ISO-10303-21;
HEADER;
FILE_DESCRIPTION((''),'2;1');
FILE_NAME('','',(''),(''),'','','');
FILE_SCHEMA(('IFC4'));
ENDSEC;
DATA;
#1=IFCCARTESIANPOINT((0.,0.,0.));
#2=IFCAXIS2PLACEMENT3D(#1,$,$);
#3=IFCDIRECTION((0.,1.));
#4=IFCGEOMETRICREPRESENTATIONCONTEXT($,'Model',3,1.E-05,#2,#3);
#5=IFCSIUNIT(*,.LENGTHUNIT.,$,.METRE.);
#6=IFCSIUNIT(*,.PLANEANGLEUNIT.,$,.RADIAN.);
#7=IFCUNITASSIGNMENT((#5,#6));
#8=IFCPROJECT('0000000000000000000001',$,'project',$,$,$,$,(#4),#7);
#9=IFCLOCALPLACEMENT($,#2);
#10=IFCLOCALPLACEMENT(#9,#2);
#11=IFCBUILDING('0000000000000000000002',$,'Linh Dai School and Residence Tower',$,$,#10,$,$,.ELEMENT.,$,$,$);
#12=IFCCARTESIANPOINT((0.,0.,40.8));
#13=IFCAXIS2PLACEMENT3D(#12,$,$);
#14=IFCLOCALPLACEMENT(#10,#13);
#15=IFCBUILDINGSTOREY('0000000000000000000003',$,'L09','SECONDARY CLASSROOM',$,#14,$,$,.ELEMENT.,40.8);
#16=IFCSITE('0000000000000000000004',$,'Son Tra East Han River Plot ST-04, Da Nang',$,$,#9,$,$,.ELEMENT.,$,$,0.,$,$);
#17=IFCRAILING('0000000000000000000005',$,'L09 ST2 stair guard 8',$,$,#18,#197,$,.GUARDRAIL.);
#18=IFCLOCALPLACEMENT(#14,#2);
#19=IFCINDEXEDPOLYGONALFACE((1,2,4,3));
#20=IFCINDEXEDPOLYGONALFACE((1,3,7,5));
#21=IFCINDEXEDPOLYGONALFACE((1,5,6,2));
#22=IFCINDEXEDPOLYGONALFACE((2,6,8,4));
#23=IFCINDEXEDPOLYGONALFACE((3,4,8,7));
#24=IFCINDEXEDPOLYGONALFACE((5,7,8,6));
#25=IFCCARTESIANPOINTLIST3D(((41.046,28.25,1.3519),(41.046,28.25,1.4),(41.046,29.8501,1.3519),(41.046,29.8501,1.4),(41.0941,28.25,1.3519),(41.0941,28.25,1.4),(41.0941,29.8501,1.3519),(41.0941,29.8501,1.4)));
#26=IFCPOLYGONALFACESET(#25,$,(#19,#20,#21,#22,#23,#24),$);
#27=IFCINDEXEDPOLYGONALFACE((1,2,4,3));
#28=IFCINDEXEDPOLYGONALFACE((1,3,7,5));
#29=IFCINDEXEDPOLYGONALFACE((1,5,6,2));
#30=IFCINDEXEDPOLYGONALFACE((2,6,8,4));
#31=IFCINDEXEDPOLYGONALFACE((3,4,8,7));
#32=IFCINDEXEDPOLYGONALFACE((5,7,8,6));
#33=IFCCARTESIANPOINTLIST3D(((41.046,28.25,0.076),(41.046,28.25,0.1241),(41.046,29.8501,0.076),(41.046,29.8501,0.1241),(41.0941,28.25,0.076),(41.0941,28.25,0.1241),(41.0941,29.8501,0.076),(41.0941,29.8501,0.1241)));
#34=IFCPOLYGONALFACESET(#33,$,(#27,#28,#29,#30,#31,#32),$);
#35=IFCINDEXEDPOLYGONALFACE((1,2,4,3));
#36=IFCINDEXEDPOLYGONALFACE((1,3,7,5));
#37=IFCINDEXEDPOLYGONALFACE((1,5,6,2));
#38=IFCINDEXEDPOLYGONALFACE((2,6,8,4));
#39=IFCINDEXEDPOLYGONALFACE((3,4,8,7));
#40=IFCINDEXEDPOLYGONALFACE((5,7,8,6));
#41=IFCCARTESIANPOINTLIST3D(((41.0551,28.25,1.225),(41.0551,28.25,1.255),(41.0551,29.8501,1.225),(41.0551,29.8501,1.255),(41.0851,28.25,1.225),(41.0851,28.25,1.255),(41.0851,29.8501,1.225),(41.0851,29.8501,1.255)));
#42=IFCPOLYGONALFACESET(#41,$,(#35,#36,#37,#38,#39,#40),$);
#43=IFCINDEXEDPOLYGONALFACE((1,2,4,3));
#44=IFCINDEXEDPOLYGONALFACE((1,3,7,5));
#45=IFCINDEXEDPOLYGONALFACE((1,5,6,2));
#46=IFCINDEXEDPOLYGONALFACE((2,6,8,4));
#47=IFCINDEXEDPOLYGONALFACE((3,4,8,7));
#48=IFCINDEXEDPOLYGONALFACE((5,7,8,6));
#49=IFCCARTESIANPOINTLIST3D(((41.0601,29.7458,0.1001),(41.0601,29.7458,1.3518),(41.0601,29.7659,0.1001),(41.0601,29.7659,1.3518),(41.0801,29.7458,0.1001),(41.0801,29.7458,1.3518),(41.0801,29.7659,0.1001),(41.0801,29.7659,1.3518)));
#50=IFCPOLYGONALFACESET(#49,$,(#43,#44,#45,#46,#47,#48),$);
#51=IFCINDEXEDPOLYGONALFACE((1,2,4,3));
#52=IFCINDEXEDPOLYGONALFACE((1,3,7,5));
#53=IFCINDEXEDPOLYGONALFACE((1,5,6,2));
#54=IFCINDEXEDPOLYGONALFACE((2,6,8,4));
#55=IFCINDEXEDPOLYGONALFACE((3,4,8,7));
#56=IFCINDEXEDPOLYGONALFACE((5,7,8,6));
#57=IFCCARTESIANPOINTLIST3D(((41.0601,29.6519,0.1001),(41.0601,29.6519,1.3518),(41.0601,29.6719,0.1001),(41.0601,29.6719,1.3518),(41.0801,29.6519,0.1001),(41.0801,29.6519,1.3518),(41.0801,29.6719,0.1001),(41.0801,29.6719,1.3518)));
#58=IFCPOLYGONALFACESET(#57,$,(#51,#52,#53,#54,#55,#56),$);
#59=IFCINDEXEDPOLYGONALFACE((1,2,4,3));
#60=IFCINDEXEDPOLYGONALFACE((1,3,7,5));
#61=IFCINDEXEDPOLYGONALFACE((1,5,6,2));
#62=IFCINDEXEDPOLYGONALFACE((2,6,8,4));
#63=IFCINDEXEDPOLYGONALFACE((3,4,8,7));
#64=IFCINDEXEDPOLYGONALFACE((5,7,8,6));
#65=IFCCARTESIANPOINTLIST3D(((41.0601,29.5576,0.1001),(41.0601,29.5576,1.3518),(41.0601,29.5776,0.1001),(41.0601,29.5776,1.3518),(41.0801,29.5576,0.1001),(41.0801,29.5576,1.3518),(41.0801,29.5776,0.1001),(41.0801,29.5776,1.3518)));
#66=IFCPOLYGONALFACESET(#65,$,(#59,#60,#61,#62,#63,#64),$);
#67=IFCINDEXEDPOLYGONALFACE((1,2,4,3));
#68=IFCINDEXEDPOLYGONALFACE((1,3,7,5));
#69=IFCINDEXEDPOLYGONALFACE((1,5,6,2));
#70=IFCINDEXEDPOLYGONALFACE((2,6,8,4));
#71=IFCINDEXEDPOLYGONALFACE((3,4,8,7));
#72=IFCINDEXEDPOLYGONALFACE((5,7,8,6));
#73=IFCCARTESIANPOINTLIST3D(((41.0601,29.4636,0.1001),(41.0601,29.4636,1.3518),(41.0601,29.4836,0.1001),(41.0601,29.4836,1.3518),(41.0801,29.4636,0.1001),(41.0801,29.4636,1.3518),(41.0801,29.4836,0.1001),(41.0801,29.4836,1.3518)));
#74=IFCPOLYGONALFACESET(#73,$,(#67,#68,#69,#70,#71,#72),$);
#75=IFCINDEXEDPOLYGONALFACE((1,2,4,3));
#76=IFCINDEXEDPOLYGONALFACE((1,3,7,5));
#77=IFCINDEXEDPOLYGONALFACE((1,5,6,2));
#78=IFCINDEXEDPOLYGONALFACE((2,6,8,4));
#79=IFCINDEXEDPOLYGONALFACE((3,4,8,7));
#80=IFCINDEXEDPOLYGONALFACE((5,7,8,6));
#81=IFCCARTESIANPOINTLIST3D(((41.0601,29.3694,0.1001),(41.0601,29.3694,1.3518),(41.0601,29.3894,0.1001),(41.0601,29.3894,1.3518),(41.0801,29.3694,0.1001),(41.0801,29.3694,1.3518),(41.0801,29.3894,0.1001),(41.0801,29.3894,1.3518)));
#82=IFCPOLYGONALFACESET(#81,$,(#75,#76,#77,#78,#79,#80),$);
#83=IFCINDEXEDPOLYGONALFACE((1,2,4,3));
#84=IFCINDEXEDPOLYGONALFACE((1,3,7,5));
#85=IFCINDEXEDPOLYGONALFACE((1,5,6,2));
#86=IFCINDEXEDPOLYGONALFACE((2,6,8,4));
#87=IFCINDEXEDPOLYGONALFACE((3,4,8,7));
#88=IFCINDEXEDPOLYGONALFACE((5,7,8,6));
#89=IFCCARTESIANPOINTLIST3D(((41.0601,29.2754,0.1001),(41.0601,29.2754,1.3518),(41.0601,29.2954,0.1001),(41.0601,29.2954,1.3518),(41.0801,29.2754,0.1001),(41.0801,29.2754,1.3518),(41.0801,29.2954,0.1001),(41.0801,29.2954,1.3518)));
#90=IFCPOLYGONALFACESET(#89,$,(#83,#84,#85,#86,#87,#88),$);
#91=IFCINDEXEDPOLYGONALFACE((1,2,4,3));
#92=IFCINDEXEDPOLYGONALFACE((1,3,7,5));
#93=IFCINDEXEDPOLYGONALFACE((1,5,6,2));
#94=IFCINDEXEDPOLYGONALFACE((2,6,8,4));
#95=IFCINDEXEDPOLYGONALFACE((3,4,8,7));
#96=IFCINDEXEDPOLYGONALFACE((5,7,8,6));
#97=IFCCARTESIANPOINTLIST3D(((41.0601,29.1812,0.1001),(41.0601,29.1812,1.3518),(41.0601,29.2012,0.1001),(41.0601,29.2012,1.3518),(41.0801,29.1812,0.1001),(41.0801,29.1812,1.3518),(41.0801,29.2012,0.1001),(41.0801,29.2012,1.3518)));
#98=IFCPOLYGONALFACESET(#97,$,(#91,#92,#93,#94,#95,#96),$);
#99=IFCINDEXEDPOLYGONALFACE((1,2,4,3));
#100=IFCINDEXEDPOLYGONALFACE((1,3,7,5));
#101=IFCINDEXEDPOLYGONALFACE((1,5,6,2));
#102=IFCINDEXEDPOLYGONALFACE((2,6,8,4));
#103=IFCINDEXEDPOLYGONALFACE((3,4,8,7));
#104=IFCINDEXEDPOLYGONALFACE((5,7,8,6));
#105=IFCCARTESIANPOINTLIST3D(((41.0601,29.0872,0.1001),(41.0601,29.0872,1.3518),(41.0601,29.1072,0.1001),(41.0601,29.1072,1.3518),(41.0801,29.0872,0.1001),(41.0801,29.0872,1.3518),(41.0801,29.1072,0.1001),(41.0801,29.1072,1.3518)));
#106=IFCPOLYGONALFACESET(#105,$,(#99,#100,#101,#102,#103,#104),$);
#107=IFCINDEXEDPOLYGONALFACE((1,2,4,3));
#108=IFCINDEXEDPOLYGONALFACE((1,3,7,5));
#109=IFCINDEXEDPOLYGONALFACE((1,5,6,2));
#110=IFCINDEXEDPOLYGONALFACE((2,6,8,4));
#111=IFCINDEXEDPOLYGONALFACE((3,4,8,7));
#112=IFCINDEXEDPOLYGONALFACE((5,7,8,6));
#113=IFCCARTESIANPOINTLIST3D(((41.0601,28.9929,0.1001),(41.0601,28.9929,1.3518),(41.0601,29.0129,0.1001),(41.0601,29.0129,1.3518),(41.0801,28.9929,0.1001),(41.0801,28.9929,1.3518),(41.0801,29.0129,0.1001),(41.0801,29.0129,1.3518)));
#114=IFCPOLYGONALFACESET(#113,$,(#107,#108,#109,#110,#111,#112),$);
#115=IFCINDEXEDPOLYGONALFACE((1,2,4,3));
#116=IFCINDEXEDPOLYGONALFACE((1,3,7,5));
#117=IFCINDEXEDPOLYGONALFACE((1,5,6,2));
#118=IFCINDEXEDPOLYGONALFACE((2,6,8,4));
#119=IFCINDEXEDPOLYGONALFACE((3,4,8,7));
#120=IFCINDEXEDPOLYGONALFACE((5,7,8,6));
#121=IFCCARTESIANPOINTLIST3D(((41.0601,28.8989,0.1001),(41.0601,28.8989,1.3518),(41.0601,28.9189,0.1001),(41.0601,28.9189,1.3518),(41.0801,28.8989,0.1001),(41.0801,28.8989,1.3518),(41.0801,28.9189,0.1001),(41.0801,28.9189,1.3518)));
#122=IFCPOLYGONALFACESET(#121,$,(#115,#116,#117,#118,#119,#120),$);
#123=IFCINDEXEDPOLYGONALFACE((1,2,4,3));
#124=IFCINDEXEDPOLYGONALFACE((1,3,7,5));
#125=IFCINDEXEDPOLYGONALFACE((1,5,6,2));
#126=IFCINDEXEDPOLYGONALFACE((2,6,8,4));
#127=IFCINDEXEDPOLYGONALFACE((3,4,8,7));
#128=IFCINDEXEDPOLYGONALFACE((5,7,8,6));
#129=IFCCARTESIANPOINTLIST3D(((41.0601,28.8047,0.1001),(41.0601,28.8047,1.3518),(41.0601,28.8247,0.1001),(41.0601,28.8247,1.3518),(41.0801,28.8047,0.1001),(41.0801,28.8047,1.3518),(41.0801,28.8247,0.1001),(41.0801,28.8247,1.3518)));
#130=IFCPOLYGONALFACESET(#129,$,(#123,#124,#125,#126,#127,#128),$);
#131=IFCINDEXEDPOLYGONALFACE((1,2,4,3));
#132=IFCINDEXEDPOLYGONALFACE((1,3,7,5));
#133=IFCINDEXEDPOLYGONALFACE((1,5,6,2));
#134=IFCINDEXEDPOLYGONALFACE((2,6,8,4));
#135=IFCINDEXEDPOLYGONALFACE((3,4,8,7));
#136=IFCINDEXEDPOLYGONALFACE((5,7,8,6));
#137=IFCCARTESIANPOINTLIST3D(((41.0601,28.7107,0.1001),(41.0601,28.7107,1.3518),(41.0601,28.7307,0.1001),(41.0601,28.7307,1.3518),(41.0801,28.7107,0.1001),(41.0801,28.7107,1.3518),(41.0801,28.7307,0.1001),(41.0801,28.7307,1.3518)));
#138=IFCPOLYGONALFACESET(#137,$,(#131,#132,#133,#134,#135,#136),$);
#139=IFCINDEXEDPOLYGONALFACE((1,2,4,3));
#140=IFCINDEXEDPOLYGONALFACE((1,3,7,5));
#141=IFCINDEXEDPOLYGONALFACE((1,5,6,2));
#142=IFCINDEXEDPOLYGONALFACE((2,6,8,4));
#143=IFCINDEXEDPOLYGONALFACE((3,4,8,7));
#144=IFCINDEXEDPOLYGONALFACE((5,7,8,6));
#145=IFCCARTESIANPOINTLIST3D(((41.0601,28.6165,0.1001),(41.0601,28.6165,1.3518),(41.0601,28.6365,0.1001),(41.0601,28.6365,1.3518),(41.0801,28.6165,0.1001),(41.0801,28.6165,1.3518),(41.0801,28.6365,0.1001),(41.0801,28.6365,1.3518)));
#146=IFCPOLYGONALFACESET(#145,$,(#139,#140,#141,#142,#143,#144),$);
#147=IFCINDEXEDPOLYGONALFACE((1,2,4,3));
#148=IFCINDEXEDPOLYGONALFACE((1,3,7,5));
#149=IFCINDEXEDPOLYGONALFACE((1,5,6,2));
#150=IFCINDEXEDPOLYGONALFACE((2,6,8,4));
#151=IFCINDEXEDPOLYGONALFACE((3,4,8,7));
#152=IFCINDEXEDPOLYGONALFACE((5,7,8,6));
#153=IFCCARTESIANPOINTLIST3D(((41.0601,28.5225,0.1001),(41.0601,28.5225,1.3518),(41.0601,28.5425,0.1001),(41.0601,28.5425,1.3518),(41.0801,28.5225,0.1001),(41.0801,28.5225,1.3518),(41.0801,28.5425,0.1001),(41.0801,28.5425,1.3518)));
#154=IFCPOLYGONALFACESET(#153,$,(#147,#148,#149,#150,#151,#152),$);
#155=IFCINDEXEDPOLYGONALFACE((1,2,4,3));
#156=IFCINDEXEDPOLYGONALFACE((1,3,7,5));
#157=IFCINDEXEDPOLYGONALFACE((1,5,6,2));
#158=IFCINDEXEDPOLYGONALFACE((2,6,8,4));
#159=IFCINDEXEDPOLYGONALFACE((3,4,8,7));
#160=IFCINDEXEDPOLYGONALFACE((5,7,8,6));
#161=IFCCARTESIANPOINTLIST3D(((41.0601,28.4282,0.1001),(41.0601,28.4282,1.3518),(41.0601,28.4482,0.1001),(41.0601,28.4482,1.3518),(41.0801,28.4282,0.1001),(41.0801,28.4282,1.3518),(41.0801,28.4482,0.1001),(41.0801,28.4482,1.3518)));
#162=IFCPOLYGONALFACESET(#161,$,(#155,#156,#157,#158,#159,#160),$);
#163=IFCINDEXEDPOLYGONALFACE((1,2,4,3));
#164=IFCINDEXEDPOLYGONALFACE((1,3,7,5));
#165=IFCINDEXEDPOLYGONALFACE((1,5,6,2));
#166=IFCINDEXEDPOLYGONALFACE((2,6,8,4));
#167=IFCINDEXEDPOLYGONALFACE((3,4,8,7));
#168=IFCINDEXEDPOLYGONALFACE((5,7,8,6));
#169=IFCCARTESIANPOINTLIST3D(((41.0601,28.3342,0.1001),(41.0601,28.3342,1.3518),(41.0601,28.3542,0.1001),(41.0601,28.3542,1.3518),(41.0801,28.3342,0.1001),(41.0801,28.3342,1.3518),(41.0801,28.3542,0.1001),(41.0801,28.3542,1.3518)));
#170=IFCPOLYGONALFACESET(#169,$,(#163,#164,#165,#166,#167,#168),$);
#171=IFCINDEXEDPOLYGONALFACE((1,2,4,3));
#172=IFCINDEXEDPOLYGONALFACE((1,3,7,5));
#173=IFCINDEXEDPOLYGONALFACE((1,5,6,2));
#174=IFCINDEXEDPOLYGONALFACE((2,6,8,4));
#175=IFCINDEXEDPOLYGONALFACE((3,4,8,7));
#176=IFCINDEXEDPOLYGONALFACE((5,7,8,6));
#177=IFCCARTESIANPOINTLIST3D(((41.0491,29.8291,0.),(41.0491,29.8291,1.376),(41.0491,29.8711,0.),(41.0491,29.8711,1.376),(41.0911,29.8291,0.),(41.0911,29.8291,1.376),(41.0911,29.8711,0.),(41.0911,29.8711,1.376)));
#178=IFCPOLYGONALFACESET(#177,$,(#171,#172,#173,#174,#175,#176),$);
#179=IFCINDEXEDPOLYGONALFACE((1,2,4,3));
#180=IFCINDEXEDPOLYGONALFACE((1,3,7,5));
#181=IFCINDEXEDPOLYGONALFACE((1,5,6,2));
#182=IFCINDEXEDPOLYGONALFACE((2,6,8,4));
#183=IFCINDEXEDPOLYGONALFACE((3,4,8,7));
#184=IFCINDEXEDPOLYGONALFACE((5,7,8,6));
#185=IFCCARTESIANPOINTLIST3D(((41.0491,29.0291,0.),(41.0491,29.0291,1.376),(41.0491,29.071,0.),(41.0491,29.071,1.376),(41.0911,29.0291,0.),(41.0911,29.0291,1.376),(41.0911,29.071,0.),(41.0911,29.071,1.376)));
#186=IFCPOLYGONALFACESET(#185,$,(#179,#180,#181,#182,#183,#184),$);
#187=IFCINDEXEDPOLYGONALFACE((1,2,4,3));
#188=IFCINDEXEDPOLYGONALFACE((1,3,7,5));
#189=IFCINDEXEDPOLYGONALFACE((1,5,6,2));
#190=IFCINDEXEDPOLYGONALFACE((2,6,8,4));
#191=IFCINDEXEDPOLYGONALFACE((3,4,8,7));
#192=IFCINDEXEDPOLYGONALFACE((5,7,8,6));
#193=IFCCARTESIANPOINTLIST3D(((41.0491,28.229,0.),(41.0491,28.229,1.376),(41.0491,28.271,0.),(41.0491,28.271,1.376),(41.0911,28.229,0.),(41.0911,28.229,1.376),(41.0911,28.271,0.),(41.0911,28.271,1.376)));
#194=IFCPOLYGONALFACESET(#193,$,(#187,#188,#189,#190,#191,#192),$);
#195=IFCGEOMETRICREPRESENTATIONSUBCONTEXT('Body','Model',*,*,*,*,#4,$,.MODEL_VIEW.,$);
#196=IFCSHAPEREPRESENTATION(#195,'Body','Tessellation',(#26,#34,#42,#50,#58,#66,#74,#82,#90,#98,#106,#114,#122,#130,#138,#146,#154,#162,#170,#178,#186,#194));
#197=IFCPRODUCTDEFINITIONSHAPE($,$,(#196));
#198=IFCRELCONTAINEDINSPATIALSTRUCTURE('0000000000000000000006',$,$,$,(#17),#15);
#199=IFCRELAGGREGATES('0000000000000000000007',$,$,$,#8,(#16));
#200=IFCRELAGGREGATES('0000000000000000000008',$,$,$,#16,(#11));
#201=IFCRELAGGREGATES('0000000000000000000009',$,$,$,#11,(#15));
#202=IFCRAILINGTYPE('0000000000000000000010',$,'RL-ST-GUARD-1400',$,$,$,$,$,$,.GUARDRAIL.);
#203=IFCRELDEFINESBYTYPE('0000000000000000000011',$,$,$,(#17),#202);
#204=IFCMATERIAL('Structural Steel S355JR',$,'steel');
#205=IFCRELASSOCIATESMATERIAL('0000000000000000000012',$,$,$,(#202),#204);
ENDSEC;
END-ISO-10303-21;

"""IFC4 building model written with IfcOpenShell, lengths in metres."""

from ifc_helpers import new_model, si_unit, direction, frame, origin, origin_2d, place, context, subcontext, project, spatial, rectangle, extrude, source, transform, mapped, material, type_object, element, save


model = new_model("IFC4")

# Units and contexts
model_context = context("Model", 3, precision=1e-05, world=origin(), true_north=direction((0.0, 1.0)))
body_context = subcontext(model_context, "Body", "Model", "MODEL_VIEW")
ifc_project = project(units=[si_unit("LENGTHUNIT", "METRE"), si_unit("PLANEANGLEUNIT", "RADIAN")], contexts=[model_context])

# Site, building, storey
site_placement = place(None, origin())
site = spatial("IfcSite", under=ifc_project, at=site_placement, Name="Son Tra East Han River Plot ST-04, Da Nang", CompositionType="ELEMENT", RefElevation=0.0)
building_placement = place(site_placement, origin())
building = spatial("IfcBuilding", under=site, at=building_placement, Name="Linh Dai School and Residence Tower", CompositionType="ELEMENT")
storey_placement = place(building_placement, frame((0.0, 0.0, 40.8)))
storey = spatial("IfcBuildingStorey", under=building, at=storey_placement, Name="L09", Description="SECONDARY CLASSROOM", CompositionType="ELEMENT", Elevation=40.8)

# Shared definitions
ifc_material_1 = material(Name="Structural Steel S355JR", Category="steel")

# Railing
railing_type_1 = type_object("IfcRailingType", Name="RL-ST-GUARD-1400", PredefinedType="GUARDRAIL", material=ifc_material_1)
shared_shape_1 = source(origin(), body_context, "Body", "SweptSolid", [
    extrude(rectangle(XDim=0.0481, YDim=0.0481, at=origin_2d()), frame((0.0, 0.0, 1.376), z_axis=(0.0, -1.0, 0.0), x_axis=(1.0, 0.0, 0.0)), (0.0, 0.0, 1.0), 1.6001),
    extrude(rectangle(XDim=0.0481, YDim=0.0481, at=origin_2d()), frame((0.0, 0.0, 0.1001), z_axis=(0.0, -1.0, 0.0), x_axis=(1.0, 0.0, 0.0)), (0.0, 0.0, 1.0), 1.6001),
    extrude(rectangle(XDim=0.03, YDim=0.03, at=origin_2d()), frame((0.0, 0.0, 1.24), z_axis=(0.0, -1.0, 0.0), x_axis=(1.0, 0.0, 0.0)), (0.0, 0.0, 1.0), 1.6001),
    extrude(rectangle(XDim=0.02, YDim=0.02, at=origin_2d()), frame((0.0, -0.0942, 0.1001)), (0.0, 0.0, 1.0), 1.2517),
    extrude(rectangle(XDim=0.02, YDim=0.02, at=origin_2d()), frame((0.0, -0.1882, 0.1001)), (0.0, 0.0, 1.0), 1.2517),
    extrude(rectangle(XDim=0.02, YDim=0.02, at=origin_2d()), frame((0.0, -0.2825, 0.1001)), (0.0, 0.0, 1.0), 1.2517),
    extrude(rectangle(XDim=0.02, YDim=0.02, at=origin_2d()), frame((0.0, -0.3765, 0.1001)), (0.0, 0.0, 1.0), 1.2517),
    extrude(rectangle(XDim=0.02, YDim=0.02, at=origin_2d()), frame((0.0, -0.4707, 0.1001)), (0.0, 0.0, 1.0), 1.2517),
    extrude(rectangle(XDim=0.02, YDim=0.02, at=origin_2d()), frame((0.0, -0.5647, 0.1001)), (0.0, 0.0, 1.0), 1.2517),
    extrude(rectangle(XDim=0.02, YDim=0.02, at=origin_2d()), frame((0.0, -0.6589, 0.1001)), (0.0, 0.0, 1.0), 1.2517),
    extrude(rectangle(XDim=0.02, YDim=0.02, at=origin_2d()), frame((0.0, -0.7529, 0.1001)), (0.0, 0.0, 1.0), 1.2517),
    extrude(rectangle(XDim=0.02, YDim=0.02, at=origin_2d()), frame((0.0, -0.8472, 0.1001)), (0.0, 0.0, 1.0), 1.2517),
    extrude(rectangle(XDim=0.02, YDim=0.02, at=origin_2d()), frame((0.0, -0.9412, 0.1001)), (0.0, 0.0, 1.0), 1.2517),
    extrude(rectangle(XDim=0.02, YDim=0.02, at=origin_2d()), frame((0.0, -1.0354, 0.1001)), (0.0, 0.0, 1.0), 1.2517),
    extrude(rectangle(XDim=0.02, YDim=0.02, at=origin_2d()), frame((0.0, -1.1294, 0.1001)), (0.0, 0.0, 1.0), 1.2517),
    extrude(rectangle(XDim=0.02, YDim=0.02, at=origin_2d()), frame((0.0, -1.2236, 0.1001)), (0.0, 0.0, 1.0), 1.2517),
    extrude(rectangle(XDim=0.02, YDim=0.02, at=origin_2d()), frame((0.0, -1.3176, 0.1001)), (0.0, 0.0, 1.0), 1.2517),
    extrude(rectangle(XDim=0.02, YDim=0.02, at=origin_2d()), frame((0.0, -1.4119, 0.1001)), (0.0, 0.0, 1.0), 1.2517),
    extrude(rectangle(XDim=0.02, YDim=0.02, at=origin_2d()), frame((0.0, -1.5059, 0.1001)), (0.0, 0.0, 1.0), 1.2517),
    extrude(rectangle(XDim=0.042, YDim=0.042, at=origin_2d()), origin(), (0.0, 0.0, 1.0), 1.376),
    extrude(rectangle(XDim=0.042, YDim=0.042, at=origin_2d()), frame((0.0, -0.8, 0.0)), (0.0, 0.0, 1.0), 1.376),
    extrude(rectangle(XDim=0.042, YDim=0.042, at=origin_2d()), frame((0.0, -1.6001, 0.0)), (0.0, 0.0, 1.0), 1.376),
])
for number, where, name in (
    (1, (41.0701, 29.8501, 0.0), "L09 ST2 stair guard 8"),
):
    element("IfcRailing", number, at=place(storey_placement, frame(where)), inside=storey, type_object=railing_type_1, Name=name, PredefinedType="GUARDRAIL", context=body_context, shape_type="MappedRepresentation", body=[
        mapped(shared_shape_1, transform((0.0, 0.0, 0.0), x_axis=(1.0, 0.0, 0.0), y_axis=(0.0, 1.0, 0.0), z_axis=(0.0, 0.0, 1.0), scale=1.0)),
    ])

save(model, "model.ifc")
